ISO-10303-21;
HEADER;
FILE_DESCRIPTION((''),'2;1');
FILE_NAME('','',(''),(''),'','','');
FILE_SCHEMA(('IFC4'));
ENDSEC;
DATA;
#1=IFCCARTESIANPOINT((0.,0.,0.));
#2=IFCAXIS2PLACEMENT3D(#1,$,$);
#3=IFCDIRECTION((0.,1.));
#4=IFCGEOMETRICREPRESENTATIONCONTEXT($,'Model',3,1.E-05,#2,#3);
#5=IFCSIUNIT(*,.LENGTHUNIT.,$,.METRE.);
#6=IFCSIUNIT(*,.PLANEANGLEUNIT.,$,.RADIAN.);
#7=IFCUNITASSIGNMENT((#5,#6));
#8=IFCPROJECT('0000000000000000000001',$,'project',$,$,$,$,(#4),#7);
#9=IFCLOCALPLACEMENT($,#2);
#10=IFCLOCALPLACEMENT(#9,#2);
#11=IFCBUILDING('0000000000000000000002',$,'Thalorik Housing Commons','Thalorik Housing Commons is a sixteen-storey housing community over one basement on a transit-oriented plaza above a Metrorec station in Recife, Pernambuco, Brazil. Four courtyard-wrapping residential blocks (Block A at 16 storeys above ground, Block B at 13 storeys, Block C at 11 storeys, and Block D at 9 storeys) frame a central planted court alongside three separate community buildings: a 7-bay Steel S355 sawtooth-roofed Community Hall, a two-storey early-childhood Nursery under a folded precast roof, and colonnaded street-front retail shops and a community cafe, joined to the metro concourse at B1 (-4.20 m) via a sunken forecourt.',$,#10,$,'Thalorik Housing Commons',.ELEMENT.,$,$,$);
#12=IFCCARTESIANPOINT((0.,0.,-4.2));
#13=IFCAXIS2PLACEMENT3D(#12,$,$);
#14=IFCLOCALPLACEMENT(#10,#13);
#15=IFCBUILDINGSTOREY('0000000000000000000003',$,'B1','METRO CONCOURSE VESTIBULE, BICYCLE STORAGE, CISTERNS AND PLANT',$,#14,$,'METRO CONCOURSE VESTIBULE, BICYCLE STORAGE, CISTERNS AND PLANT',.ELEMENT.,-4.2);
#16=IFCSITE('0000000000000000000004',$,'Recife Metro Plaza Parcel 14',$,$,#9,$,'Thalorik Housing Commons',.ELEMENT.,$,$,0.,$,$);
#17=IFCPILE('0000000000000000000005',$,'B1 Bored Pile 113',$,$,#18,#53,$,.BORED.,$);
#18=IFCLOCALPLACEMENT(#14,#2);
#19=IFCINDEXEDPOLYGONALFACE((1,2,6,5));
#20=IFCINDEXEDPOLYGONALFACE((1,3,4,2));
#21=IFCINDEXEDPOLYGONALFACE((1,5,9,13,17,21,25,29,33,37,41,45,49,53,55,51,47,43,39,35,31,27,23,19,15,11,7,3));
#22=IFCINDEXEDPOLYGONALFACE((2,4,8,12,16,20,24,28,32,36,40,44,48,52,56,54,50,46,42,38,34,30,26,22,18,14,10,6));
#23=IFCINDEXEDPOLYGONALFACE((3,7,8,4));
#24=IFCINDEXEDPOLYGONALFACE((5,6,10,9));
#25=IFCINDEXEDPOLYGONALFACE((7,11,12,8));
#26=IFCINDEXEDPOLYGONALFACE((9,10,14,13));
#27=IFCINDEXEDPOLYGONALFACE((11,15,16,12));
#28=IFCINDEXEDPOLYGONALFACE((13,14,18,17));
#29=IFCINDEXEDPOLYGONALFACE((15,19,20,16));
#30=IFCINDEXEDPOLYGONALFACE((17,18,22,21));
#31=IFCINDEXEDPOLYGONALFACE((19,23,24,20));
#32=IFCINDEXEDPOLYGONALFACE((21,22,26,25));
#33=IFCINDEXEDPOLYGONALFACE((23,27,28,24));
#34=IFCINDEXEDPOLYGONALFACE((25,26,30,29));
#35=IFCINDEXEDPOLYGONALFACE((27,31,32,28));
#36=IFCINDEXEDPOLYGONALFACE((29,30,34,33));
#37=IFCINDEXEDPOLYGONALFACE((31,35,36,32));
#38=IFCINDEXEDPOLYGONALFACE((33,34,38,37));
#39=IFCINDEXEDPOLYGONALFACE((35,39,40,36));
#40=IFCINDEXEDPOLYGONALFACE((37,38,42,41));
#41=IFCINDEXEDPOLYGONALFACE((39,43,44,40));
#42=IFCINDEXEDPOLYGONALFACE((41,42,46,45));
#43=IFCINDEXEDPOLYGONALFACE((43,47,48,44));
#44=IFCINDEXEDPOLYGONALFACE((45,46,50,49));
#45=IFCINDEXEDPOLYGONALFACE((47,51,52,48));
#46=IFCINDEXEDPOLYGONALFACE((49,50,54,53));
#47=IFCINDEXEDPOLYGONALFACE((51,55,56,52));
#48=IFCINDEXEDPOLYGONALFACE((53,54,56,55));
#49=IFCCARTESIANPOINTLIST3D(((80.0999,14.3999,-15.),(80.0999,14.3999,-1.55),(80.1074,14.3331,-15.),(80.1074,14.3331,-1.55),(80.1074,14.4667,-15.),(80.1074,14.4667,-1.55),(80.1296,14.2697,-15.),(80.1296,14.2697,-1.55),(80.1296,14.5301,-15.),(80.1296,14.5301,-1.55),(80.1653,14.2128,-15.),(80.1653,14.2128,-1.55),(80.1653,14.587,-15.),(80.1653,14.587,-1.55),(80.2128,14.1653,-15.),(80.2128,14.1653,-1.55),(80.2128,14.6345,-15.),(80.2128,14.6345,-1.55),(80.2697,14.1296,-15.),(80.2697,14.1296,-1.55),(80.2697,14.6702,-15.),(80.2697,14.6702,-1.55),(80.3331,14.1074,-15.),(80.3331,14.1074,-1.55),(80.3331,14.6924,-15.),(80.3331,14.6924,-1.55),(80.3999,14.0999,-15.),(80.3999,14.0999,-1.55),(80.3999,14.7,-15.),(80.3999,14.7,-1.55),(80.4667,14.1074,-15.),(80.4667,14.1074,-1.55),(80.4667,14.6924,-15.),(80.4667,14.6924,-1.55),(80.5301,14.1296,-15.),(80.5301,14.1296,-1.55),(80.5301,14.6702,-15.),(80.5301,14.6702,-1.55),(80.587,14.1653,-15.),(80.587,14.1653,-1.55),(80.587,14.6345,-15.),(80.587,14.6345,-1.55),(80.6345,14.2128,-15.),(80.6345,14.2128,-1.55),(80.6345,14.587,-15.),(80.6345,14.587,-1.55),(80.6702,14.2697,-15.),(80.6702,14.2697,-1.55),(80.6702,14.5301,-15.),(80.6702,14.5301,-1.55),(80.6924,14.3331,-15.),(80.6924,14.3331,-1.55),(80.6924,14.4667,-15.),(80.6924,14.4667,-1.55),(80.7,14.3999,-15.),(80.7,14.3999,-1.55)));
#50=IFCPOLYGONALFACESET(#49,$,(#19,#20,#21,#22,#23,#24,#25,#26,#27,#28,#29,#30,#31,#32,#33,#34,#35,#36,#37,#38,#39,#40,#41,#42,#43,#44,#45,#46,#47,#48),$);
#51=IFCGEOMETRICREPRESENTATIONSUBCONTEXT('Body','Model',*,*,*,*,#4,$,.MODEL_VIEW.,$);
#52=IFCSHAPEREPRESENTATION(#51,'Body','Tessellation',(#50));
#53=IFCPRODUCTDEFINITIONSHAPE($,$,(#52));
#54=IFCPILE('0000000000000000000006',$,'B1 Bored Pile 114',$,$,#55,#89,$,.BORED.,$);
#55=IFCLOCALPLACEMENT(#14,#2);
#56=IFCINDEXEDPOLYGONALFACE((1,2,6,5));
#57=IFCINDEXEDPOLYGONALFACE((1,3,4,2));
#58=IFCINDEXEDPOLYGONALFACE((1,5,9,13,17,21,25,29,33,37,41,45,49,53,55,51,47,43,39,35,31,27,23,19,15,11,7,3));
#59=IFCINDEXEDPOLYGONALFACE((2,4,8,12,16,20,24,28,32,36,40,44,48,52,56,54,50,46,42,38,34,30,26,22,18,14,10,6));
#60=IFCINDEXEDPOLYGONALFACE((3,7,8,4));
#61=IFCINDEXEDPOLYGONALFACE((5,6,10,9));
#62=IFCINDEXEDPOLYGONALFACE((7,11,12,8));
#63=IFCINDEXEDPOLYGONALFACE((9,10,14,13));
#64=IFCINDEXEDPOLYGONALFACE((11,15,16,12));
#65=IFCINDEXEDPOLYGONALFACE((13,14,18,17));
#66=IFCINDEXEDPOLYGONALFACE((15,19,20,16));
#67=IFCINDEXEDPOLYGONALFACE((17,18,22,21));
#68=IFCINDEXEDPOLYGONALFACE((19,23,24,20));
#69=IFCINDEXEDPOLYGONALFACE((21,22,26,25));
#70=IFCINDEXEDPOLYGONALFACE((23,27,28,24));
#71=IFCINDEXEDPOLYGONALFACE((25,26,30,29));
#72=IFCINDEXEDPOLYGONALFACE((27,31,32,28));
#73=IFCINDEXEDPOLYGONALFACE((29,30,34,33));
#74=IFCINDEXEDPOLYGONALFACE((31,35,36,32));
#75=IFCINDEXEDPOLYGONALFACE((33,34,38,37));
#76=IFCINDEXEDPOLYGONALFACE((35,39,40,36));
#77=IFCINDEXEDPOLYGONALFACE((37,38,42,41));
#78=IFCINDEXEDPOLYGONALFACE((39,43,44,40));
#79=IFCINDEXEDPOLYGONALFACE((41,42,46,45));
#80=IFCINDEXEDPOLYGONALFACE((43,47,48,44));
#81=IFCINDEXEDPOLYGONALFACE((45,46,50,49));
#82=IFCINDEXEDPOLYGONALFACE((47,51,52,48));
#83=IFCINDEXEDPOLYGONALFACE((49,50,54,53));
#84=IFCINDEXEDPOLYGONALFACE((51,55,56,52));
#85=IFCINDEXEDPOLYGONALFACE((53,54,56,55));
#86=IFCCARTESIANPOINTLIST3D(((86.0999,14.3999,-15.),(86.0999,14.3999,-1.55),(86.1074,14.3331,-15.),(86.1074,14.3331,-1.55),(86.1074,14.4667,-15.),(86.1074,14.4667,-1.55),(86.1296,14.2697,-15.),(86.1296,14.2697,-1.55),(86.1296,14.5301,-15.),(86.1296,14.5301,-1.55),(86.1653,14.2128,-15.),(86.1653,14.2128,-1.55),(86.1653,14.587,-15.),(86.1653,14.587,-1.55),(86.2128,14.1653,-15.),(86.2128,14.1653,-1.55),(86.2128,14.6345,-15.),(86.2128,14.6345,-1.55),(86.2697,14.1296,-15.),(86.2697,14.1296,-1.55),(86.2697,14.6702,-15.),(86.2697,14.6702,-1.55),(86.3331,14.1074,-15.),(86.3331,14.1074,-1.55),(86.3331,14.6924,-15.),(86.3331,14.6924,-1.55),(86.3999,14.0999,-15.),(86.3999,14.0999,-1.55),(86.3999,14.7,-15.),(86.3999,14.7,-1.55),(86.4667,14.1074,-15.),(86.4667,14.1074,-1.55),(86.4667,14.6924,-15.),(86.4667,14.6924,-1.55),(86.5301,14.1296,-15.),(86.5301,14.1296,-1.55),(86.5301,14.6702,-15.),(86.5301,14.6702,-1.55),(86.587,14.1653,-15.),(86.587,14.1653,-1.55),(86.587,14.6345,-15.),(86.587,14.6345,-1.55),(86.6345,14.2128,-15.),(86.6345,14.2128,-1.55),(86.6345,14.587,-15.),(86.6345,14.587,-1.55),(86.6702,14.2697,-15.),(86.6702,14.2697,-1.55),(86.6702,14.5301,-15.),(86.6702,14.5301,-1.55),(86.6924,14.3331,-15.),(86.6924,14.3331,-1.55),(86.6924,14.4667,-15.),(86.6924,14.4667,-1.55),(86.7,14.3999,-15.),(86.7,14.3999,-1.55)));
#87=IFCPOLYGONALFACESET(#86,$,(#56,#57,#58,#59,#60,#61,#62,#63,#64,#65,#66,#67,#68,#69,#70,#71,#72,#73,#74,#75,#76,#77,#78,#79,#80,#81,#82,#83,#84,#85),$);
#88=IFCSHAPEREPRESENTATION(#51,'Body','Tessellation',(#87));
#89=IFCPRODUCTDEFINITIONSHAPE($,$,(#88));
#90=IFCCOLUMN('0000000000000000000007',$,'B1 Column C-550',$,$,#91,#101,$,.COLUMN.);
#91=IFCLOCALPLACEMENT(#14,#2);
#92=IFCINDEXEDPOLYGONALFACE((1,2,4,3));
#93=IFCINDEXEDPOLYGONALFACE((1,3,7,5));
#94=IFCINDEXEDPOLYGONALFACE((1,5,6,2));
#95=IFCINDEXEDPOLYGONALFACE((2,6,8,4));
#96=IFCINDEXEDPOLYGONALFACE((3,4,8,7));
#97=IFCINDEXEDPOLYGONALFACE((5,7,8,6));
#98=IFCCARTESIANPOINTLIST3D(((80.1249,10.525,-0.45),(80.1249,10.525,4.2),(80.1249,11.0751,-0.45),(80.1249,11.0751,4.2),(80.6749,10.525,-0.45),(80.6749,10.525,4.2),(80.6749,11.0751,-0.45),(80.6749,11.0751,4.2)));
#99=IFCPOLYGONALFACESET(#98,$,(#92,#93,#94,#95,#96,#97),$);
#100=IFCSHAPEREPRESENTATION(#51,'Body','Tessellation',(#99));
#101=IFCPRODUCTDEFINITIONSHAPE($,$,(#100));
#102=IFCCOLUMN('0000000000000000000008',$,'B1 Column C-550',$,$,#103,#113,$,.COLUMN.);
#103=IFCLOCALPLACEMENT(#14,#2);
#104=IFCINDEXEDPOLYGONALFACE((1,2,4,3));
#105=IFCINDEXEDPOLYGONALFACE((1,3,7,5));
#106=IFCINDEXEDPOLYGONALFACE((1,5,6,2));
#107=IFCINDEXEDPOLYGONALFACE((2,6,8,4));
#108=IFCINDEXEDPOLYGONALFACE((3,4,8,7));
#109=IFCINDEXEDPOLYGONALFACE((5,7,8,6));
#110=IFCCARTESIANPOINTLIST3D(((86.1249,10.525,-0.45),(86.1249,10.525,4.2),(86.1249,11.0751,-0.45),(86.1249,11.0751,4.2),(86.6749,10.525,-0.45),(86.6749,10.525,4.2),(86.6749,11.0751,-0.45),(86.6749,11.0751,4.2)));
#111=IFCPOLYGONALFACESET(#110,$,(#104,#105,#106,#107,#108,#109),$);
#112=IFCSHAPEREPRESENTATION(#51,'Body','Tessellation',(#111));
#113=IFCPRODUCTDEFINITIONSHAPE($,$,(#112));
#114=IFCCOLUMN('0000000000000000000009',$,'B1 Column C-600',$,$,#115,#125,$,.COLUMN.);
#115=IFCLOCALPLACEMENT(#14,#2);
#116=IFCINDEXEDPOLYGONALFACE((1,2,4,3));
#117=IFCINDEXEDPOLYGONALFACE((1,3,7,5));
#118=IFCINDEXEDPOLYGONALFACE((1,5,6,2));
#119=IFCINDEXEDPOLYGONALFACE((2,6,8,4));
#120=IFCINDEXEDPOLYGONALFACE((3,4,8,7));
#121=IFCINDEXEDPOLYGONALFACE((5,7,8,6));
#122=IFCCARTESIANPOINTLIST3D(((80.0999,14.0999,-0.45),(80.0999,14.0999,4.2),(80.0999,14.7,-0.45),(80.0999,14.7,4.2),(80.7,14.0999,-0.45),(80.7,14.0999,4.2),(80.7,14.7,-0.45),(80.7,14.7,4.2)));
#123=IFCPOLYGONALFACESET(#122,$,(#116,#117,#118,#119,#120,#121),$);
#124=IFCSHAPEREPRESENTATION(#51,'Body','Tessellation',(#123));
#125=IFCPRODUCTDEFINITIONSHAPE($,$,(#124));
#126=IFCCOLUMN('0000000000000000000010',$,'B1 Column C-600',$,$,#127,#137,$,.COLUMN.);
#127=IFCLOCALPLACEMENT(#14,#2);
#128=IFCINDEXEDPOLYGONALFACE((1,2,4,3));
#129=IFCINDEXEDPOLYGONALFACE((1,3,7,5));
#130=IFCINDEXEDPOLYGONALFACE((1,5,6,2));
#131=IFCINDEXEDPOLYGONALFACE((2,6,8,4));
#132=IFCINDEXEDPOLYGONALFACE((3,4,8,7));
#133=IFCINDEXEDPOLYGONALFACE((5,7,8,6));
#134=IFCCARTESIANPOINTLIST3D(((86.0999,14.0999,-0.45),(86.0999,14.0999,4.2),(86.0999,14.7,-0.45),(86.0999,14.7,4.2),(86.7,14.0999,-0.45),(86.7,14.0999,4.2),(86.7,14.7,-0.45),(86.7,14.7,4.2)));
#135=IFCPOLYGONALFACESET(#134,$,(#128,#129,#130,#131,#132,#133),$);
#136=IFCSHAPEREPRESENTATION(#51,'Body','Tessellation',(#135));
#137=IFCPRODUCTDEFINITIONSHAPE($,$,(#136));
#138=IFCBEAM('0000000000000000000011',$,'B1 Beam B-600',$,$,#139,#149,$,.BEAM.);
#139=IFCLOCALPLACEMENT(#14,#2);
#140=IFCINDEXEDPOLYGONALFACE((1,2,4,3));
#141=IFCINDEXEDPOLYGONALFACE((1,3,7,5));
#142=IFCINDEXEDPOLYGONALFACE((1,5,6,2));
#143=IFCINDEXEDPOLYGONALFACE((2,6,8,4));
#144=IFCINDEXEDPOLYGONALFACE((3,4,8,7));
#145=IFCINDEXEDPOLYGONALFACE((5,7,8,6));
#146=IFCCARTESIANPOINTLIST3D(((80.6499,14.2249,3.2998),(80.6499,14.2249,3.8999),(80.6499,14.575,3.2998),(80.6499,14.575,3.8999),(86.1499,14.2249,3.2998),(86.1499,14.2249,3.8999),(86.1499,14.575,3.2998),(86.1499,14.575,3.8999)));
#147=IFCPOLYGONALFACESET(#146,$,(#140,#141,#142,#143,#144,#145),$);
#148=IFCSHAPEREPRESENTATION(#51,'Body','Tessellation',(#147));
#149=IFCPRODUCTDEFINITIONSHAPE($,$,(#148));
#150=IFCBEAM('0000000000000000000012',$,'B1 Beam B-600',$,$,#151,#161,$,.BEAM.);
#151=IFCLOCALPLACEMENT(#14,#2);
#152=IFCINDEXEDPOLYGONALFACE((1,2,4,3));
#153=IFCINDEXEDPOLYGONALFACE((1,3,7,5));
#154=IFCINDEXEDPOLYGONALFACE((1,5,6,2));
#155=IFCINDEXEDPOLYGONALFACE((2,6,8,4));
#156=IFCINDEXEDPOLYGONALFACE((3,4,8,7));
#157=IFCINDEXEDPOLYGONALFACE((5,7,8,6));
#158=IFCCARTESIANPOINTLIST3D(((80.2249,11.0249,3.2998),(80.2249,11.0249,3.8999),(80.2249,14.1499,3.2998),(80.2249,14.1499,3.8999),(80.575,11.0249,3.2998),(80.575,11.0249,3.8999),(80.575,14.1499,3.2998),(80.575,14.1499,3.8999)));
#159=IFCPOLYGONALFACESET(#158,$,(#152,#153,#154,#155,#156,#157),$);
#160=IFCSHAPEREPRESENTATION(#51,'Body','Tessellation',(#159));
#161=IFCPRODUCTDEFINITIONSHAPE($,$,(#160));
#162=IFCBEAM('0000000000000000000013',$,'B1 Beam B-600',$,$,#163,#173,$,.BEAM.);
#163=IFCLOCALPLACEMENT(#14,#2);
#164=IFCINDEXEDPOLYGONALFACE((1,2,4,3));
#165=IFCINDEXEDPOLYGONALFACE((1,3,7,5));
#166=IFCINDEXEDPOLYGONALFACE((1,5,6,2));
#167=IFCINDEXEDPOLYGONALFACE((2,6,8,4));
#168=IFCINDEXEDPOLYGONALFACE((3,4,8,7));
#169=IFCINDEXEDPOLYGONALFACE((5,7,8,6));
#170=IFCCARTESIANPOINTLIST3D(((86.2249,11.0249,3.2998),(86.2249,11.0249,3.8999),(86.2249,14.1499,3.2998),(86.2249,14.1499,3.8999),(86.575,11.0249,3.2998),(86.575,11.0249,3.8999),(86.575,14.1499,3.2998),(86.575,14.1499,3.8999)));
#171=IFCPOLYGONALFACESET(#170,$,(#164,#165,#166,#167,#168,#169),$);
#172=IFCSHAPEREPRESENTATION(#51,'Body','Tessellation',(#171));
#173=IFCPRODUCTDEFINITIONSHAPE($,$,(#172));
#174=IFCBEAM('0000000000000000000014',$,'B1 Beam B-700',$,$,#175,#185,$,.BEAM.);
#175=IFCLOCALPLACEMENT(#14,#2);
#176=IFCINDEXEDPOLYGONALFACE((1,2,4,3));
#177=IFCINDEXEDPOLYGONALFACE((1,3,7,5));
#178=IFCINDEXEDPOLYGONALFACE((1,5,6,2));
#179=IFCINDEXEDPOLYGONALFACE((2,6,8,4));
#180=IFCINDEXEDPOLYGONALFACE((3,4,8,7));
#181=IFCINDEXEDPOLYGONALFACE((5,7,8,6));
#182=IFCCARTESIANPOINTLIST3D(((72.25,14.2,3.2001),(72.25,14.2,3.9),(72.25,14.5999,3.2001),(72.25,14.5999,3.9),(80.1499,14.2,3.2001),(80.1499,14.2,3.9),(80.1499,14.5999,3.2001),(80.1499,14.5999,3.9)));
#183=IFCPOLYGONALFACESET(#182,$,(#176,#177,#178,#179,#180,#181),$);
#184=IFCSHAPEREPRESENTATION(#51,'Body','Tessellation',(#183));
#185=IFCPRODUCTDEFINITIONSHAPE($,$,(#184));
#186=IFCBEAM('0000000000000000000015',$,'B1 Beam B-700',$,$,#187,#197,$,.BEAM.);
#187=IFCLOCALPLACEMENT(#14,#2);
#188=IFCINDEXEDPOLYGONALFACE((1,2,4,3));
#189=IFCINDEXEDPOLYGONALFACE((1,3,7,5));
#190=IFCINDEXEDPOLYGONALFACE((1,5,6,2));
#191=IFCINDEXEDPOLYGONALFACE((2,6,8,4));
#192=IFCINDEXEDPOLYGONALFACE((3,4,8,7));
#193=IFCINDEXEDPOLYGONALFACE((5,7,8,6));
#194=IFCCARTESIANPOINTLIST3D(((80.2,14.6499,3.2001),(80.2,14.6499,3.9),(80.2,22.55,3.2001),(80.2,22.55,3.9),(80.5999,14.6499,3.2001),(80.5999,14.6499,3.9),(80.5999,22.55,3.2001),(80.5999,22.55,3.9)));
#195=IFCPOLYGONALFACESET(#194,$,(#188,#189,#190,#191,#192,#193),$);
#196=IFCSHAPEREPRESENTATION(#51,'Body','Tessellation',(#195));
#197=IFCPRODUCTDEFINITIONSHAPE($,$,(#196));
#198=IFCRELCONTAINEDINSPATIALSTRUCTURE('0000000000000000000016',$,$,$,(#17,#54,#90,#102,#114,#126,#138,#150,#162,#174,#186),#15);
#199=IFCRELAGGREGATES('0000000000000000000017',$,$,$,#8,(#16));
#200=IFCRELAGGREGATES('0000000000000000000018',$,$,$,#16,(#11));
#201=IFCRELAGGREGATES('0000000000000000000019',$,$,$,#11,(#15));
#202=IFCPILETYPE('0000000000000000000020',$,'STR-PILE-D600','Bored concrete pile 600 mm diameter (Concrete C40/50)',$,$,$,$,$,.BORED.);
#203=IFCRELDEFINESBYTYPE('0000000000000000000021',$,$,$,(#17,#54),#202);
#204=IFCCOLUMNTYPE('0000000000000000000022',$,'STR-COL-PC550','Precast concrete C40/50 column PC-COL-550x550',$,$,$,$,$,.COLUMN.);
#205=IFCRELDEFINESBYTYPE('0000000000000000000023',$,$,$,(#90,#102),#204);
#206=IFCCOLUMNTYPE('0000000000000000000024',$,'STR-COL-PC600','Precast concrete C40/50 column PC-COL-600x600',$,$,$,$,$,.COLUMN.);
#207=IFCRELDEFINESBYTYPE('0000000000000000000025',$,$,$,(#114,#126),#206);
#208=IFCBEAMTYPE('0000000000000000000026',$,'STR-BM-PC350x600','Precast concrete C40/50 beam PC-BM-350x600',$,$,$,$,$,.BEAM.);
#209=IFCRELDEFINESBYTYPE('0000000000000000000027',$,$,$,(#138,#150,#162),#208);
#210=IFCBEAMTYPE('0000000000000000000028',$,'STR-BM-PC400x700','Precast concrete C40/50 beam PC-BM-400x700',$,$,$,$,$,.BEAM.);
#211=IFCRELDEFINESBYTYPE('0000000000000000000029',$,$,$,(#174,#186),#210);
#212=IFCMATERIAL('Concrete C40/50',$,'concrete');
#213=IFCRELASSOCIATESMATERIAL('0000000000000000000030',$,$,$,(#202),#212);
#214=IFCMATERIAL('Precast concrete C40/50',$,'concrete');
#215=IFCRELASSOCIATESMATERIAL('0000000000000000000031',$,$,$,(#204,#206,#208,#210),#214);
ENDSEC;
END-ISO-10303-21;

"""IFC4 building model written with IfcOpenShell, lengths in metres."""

from ifc_helpers import new_model, si_unit, direction, frame, origin, origin_2d, place, context, subcontext, project, spatial, rectangle, circle, extrude, material, material_profile, profile_set, type_object, element, save


model = new_model("IFC4")

# Units and contexts
model_context = context("Model", 3, precision=1e-05, world=origin(), true_north=direction((0.0, 1.0)))
body_context = subcontext(model_context, "Body", "Model", "MODEL_VIEW")
ifc_project = project(units=[si_unit("LENGTHUNIT", "METRE"), si_unit("PLANEANGLEUNIT", "RADIAN")], contexts=[model_context])

# Site, building, storey
site_placement = place(None, origin())
site = spatial("IfcSite", under=ifc_project, at=site_placement, Name="Recife Metro Plaza Parcel 14", LongName="Thalorik Housing Commons", CompositionType="ELEMENT", RefElevation=0.0)
building_placement = place(site_placement, origin())
building = spatial("IfcBuilding", under=site, at=building_placement, Name="Thalorik Housing Commons", Description="Thalorik Housing Commons is a sixteen-storey housing community over one basement on a transit-oriented plaza above a Metrorec station in Recife, Pernambuco, Brazil. Four courtyard-wrapping residential blocks (Block A at 16 storeys above ground, Block B at 13 storeys, Block C at 11 storeys, and Block D at 9 storeys) frame a central planted court alongside three separate community buildings: a 7-bay Steel S355 sawtooth-roofed Community Hall, a two-storey early-childhood Nursery under a folded precast roof, and colonnaded street-front retail shops and a community cafe, joined to the metro concourse at B1 (-4.20 m) via a sunken forecourt.", LongName="Thalorik Housing Commons", CompositionType="ELEMENT")
storey_placement = place(building_placement, frame((0.0, 0.0, -4.2)))
storey = spatial("IfcBuildingStorey", under=building, at=storey_placement, Name="B1", Description="METRO CONCOURSE VESTIBULE, BICYCLE STORAGE, CISTERNS AND PLANT", LongName="METRO CONCOURSE VESTIBULE, BICYCLE STORAGE, CISTERNS AND PLANT", CompositionType="ELEMENT", Elevation=-4.2)

# Shared definitions
ifc_material_1 = material(Name="Concrete C40/50", Category="concrete")

# Piles
ifc_material_profile_1 = material_profile(ifc_material_1, circle(Radius=0.3, at=origin_2d()), Name="BORED PILE D600", Category="concrete")
ifc_profile_set_1 = profile_set([ifc_material_profile_1], Name="Concrete C40/50")
pile_type = type_object("IfcPileType", Name="STR-PILE-D600", Description="Bored concrete pile 600 mm diameter (Concrete C40/50)", PredefinedType="BORED", material=ifc_profile_set_1)
for number, where, z_axis, x_axis, name in (
    (1, (80.3999, 14.3999, -1.55), (0.0, 0.0, -1.0), (1.0, 0.0, 0.0), "B1 Bored Pile 113"),
    (2, (86.3999, 14.3999, -1.55), (0.0, 0.0, -1.0), (1.0, 0.0, 0.0), "B1 Bored Pile 114"),
):
    element("IfcPile", number, at=place(storey_placement, frame(where, z_axis=z_axis, x_axis=x_axis)), inside=storey, type_object=pile_type, Name=name, PredefinedType="BORED", context=body_context, shape_type="SweptSolid", body=[
        extrude(circle(Radius=0.3, at=origin_2d()), origin(), (0.0, 0.0, 1.0), 13.45),
    ])

# Columns
ifc_material_2 = material(Name="Precast concrete C40/50", Category="concrete")
ifc_material_profile_2 = material_profile(ifc_material_2, rectangle(XDim=0.55, YDim=0.55, at=origin_2d()), Name="PC 550x550", Category="concrete")
ifc_profile_set_2 = profile_set([ifc_material_profile_2], Name="Precast concrete C40/50")
column_type_1 = type_object("IfcColumnType", Name="STR-COL-PC550", Description="Precast concrete C40/50 column PC-COL-550x550", PredefinedType="COLUMN", material=ifc_profile_set_2)
for number, where, z_axis, x_axis, name in (
    (3, (80.3999, 10.8, -0.45), (0.0, 0.0, 1.0), (1.0, 0.0, 0.0), "B1 Column C-550"),
    (4, (86.3999, 10.8, -0.45), (0.0, 0.0, 1.0), (1.0, 0.0, 0.0), "B1 Column C-550"),
):
    element("IfcColumn", number, at=place(storey_placement, frame(where, z_axis=z_axis, x_axis=x_axis)), inside=storey, type_object=column_type_1, Name=name, PredefinedType="COLUMN", context=body_context, shape_type="SweptSolid", body=[
        extrude(rectangle(XDim=0.55, YDim=0.55, at=origin_2d()), origin(), (0.0, 0.0, 1.0), 4.6499),
    ])
ifc_material_profile_3 = material_profile(ifc_material_2, rectangle(XDim=0.6001, YDim=0.6001, at=origin_2d()), Name="PC 600x600", Category="concrete")
ifc_profile_set_3 = profile_set([ifc_material_profile_3], Name="Precast concrete C40/50")
column_type_2 = type_object("IfcColumnType", Name="STR-COL-PC600", Description="Precast concrete C40/50 column PC-COL-600x600", PredefinedType="COLUMN", material=ifc_profile_set_3)
for number, where, z_axis, x_axis, name in (
    (5, (80.3999, 14.3999, -0.45), (0.0, 0.0, 1.0), (1.0, 0.0, 0.0), "B1 Column C-600"),
    (6, (86.3999, 14.3999, -0.45), (0.0, 0.0, 1.0), (1.0, 0.0, 0.0), "B1 Column C-600"),
):
    element("IfcColumn", number, at=place(storey_placement, frame(where, z_axis=z_axis, x_axis=x_axis)), inside=storey, type_object=column_type_2, Name=name, PredefinedType="COLUMN", context=body_context, shape_type="SweptSolid", body=[
        extrude(rectangle(XDim=0.6001, YDim=0.6001, at=origin_2d()), origin(), (0.0, 0.0, 1.0), 4.6499),
    ])

# Beams
ifc_material_profile_4 = material_profile(ifc_material_2, rectangle(XDim=0.3501, YDim=0.6001, at=origin_2d()), Name="PC 350x600", Category="concrete")
ifc_profile_set_4 = profile_set([ifc_material_profile_4], Name="Precast concrete C40/50")
beam_type_1 = type_object("IfcBeamType", Name="STR-BM-PC350x600", Description="Precast concrete C40/50 beam PC-BM-350x600", PredefinedType="BEAM", material=ifc_profile_set_4)
beam_1_placement = place(storey_placement, frame((80.6499, 14.3999, 3.5999), z_axis=(1.0, 0.0, 0.0), x_axis=(0.0, 1.0, 0.0)))
element("IfcBeam", 7, at=beam_1_placement, inside=storey, type_object=beam_type_1, Name="B1 Beam B-600", PredefinedType="BEAM", context=body_context, shape_type="SweptSolid", body=[
    extrude(rectangle(XDim=0.3501, YDim=0.6001, at=origin_2d()), origin(), (0.0, 0.0, 1.0), 5.5),
])
for number, where, z_axis, x_axis, name in (
    (8, (80.3999, 11.0249, 3.5999), (0.0, 1.0, 0.0), (-1.0, 0.0, 0.0), "B1 Beam B-600"),
    (9, (86.3999, 11.0249, 3.5999), (0.0, 1.0, 0.0), (-1.0, 0.0, 0.0), "B1 Beam B-600"),
):
    element("IfcBeam", number, at=place(storey_placement, frame(where, z_axis=z_axis, x_axis=x_axis)), inside=storey, type_object=beam_type_1, Name=name, PredefinedType="BEAM", context=body_context, shape_type="SweptSolid", body=[
        extrude(rectangle(XDim=0.3501, YDim=0.6001, at=origin_2d()), origin(), (0.0, 0.0, 1.0), 3.125),
    ])
ifc_material_profile_5 = material_profile(ifc_material_2, rectangle(XDim=0.3999, YDim=0.7, at=origin_2d()), Name="PC 400x700", Category="concrete")
ifc_profile_set_5 = profile_set([ifc_material_profile_5], Name="Precast concrete C40/50")
beam_type_2 = type_object("IfcBeamType", Name="STR-BM-PC400x700", Description="Precast concrete C40/50 beam PC-BM-400x700", PredefinedType="BEAM", material=ifc_profile_set_5)
beam_2_placement = place(storey_placement, frame((72.25, 14.3999, 3.55), z_axis=(1.0, 0.0, 0.0), x_axis=(0.0, 1.0, 0.0)))
element("IfcBeam", 10, at=beam_2_placement, inside=storey, type_object=beam_type_2, Name="B1 Beam B-700", PredefinedType="BEAM", context=body_context, shape_type="SweptSolid", body=[
    extrude(rectangle(XDim=0.3999, YDim=0.7, at=origin_2d()), origin(), (0.0, 0.0, 1.0), 7.8999),
])
for number, where, z_axis, x_axis, name in (
    (11, (80.3999, 14.6499, 3.55), (0.0, 1.0, 0.0), (-1.0, 0.0, 0.0), "B1 Beam B-700"),
):
    element("IfcBeam", number, at=place(storey_placement, frame(where, z_axis=z_axis, x_axis=x_axis)), inside=storey, type_object=beam_type_2, Name=name, PredefinedType="BEAM", context=body_context, shape_type="SweptSolid", body=[
        extrude(rectangle(XDim=0.3999, YDim=0.7, at=origin_2d()), origin(), (0.0, 0.0, 1.0), 7.9001),
    ])

save(model, "model.ifc")
